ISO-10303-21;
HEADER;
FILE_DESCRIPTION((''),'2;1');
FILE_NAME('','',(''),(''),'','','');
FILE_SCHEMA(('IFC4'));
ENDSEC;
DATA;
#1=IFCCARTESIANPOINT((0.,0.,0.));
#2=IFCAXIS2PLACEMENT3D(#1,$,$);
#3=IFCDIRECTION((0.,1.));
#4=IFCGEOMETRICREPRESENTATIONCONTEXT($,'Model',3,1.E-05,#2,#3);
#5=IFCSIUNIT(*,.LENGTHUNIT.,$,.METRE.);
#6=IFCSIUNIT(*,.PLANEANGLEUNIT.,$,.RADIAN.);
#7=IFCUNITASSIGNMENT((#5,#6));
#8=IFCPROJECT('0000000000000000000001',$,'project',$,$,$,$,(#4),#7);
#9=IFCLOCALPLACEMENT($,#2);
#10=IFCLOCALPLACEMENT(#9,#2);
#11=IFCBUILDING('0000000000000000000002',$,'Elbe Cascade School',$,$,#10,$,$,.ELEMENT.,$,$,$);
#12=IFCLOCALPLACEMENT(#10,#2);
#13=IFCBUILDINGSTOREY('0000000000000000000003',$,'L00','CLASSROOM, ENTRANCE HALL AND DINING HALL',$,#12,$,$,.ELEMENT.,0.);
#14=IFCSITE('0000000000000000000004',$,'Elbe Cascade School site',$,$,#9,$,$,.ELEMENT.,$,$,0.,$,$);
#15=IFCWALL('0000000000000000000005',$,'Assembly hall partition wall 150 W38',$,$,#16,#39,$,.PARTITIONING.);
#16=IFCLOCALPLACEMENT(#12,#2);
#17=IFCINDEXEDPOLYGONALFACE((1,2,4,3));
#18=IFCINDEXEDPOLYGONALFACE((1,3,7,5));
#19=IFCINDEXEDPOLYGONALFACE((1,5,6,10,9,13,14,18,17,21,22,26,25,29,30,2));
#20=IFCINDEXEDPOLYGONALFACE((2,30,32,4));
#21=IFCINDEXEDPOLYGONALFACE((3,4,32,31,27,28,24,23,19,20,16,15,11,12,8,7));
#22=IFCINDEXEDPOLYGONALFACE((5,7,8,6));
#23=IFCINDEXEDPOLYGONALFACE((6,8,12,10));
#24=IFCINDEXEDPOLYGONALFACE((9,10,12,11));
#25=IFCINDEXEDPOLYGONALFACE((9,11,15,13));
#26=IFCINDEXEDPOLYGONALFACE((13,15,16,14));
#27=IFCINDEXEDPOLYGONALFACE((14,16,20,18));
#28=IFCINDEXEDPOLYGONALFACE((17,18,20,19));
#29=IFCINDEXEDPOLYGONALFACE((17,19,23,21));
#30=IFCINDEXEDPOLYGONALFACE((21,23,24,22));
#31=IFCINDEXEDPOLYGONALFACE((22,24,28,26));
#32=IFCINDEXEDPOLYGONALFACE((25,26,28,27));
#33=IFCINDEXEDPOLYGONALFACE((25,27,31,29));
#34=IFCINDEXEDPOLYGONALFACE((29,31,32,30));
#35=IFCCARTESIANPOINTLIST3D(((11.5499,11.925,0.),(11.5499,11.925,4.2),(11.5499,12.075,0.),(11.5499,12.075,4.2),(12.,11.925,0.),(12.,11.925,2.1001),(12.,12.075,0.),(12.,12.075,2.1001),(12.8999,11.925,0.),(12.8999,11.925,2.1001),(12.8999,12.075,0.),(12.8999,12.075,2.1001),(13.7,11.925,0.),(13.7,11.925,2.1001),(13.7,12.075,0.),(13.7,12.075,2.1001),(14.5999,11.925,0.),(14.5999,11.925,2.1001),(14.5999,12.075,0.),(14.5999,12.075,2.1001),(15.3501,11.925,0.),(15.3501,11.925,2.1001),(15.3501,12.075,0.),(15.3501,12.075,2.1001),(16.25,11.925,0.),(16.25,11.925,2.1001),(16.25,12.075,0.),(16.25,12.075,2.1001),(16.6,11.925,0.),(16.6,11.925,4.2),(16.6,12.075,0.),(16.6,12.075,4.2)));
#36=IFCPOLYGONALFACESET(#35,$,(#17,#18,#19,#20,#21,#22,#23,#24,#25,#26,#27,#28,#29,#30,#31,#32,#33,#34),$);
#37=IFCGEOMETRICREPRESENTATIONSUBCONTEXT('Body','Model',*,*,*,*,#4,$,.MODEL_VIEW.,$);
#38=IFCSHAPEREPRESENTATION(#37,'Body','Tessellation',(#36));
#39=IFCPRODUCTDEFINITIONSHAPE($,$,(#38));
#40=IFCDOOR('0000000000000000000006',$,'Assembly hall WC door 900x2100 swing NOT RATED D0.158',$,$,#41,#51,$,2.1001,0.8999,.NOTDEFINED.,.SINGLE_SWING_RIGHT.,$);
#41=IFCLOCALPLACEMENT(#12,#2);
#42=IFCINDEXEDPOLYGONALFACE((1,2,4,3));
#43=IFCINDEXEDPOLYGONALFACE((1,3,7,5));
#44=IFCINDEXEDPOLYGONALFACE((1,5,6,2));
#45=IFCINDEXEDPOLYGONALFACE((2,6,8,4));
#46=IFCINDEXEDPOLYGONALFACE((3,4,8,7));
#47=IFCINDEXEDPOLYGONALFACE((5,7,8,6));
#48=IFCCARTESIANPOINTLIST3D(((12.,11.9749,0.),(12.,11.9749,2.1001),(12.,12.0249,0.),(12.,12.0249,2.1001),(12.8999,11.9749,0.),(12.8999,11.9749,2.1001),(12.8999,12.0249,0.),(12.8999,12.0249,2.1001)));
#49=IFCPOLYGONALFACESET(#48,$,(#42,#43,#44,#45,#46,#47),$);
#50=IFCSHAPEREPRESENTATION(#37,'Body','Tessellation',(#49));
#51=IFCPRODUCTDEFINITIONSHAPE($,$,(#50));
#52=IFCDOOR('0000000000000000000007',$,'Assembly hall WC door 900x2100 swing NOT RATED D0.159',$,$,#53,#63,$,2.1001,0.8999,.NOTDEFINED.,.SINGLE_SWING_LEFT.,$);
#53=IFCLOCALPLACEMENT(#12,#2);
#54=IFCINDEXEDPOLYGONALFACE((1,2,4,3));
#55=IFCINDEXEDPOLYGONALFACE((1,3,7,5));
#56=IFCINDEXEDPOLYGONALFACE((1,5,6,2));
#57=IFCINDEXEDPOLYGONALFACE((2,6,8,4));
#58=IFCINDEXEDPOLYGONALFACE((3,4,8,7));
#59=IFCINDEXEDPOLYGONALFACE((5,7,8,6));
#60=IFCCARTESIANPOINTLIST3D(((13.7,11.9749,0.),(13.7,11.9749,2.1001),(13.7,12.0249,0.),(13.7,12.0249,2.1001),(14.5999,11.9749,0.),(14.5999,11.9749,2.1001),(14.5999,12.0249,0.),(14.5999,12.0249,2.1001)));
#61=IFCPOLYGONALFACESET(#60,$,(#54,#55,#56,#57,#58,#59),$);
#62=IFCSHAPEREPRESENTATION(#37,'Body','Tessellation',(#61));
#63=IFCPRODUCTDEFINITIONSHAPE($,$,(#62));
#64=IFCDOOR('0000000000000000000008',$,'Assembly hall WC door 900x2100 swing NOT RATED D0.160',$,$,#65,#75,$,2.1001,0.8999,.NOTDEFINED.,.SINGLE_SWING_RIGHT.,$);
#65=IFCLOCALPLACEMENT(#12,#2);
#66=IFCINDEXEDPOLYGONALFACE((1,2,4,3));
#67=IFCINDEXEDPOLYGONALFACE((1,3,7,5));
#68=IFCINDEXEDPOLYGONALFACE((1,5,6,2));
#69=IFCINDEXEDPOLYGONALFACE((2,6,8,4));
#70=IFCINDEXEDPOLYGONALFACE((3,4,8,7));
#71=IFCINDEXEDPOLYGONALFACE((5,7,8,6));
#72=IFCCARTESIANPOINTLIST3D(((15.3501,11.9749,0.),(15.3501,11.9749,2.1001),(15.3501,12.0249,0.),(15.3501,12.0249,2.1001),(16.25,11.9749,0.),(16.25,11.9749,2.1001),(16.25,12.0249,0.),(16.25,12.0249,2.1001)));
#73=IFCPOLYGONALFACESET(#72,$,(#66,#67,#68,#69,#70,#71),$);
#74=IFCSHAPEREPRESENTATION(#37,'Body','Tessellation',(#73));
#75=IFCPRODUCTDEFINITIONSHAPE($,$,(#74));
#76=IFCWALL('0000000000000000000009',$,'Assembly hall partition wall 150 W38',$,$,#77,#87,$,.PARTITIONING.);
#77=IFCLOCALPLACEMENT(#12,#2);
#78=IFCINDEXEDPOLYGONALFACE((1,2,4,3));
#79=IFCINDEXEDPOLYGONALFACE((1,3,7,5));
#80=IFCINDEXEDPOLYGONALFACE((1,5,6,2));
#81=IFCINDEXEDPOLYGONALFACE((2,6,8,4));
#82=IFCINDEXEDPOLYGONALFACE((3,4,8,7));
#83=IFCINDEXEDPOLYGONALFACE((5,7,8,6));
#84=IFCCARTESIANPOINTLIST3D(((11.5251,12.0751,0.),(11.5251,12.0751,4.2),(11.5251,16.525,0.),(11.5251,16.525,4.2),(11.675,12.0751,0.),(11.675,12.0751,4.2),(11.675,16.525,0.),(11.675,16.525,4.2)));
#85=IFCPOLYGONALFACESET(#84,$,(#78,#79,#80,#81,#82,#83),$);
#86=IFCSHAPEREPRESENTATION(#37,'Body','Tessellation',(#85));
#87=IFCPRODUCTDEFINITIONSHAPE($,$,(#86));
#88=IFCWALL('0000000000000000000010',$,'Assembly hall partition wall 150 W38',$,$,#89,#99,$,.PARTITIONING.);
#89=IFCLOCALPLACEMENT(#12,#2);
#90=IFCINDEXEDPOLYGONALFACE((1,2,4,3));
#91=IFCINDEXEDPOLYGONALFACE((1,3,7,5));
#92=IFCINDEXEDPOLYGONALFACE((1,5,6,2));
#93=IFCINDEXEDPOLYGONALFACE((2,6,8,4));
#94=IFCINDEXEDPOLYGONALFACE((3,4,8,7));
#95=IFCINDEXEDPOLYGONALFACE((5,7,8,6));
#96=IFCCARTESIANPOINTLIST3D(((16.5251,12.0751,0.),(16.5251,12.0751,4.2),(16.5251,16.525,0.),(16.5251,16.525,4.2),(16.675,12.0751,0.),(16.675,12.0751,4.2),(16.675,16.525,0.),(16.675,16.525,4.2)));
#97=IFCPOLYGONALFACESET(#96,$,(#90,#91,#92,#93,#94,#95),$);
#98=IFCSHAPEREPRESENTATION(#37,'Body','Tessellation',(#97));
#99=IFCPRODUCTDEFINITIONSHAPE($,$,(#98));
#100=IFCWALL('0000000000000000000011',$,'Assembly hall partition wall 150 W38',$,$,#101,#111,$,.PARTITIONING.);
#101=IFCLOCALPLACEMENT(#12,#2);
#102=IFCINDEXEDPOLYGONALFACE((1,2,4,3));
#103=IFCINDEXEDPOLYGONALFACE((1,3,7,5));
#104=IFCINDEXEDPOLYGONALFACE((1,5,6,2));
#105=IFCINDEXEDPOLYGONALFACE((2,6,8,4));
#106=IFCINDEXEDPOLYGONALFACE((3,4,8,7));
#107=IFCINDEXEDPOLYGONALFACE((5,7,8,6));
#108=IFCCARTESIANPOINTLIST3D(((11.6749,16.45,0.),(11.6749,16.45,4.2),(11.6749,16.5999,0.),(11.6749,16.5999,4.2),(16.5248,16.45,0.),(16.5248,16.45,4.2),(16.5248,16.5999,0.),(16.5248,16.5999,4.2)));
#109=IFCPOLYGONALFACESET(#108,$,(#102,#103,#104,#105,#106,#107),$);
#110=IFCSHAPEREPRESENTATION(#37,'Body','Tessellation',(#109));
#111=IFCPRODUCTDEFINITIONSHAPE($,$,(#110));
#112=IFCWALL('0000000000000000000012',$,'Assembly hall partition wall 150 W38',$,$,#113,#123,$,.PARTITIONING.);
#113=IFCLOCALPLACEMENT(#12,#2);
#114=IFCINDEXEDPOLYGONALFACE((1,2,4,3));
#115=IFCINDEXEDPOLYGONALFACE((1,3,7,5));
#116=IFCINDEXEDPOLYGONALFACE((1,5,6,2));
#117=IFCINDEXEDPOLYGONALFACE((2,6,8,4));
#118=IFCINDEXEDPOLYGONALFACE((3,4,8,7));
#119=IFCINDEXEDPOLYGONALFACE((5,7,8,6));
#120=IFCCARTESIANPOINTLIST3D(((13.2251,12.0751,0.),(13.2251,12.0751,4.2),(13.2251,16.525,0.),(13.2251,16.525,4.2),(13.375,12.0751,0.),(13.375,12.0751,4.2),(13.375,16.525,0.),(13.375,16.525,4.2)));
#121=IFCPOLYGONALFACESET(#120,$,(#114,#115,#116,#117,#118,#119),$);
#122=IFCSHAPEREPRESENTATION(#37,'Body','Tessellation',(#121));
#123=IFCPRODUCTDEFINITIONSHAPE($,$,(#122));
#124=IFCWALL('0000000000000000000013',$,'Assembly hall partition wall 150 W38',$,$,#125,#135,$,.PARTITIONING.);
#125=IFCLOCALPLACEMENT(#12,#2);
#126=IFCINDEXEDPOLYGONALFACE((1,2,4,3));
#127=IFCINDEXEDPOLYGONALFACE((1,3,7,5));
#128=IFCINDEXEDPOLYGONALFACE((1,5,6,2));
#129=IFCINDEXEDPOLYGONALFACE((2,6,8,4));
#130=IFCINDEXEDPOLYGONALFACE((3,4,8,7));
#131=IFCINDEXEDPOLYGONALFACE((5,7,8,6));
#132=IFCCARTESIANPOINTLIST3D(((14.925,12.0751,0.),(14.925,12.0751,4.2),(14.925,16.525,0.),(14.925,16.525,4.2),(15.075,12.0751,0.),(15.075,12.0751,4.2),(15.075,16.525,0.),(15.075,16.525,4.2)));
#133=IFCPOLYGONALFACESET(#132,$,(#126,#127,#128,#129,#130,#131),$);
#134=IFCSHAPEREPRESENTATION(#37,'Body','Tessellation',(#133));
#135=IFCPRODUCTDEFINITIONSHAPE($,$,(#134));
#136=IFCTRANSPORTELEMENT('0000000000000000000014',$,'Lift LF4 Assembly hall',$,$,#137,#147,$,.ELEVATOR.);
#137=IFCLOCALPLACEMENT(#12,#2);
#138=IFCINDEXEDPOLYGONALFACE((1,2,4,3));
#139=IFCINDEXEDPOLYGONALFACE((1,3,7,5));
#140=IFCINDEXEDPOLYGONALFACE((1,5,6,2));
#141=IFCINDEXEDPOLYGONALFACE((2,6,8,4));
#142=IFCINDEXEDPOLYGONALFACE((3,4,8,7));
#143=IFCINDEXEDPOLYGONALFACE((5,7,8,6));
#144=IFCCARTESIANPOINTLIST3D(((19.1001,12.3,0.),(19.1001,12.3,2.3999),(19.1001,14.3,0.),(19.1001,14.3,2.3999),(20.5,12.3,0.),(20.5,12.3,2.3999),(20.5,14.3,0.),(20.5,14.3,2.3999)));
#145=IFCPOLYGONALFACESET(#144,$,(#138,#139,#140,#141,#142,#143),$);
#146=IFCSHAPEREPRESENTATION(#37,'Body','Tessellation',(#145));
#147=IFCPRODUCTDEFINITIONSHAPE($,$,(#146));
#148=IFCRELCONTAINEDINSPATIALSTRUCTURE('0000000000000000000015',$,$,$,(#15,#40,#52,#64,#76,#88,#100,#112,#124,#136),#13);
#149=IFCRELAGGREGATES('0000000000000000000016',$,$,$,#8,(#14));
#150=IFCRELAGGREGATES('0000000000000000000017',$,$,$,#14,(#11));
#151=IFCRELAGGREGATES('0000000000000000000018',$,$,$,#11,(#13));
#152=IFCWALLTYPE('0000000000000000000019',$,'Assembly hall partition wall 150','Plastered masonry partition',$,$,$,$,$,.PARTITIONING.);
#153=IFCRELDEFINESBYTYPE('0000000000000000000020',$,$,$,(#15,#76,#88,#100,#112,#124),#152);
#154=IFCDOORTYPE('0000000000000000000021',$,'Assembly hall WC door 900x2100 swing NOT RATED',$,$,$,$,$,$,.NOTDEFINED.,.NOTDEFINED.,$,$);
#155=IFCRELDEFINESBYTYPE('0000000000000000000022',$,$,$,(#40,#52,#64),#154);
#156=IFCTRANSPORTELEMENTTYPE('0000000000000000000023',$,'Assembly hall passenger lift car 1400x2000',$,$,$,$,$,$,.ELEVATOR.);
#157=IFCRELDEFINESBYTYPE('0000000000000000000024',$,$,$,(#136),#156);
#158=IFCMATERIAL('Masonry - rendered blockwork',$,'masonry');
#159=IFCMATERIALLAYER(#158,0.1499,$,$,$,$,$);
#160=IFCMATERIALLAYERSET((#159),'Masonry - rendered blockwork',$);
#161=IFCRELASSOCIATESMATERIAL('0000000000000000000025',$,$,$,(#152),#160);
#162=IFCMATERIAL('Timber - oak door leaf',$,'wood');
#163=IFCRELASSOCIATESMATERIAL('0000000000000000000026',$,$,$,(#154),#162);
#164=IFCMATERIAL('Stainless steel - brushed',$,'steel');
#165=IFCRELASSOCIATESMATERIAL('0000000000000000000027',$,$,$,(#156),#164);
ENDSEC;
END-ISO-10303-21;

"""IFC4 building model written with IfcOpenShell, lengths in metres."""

from ifc_helpers import new_model, si_unit, direction, frame, frame_2d, origin, origin_2d, place, context, subcontext, project, spatial, rectangle, extrude, material, layer, layer_set, type_object, element, fill, save


model = new_model("IFC4")

# Units and contexts
model_context = context("Model", 3, precision=1e-05, world=origin(), true_north=direction((0.0, 1.0)))
body_context = subcontext(model_context, "Body", "Model", "MODEL_VIEW")
ifc_project = project(units=[si_unit("LENGTHUNIT", "METRE"), si_unit("PLANEANGLEUNIT", "RADIAN")], contexts=[model_context])

# Site, building, storey
site_placement = place(None, origin())
site = spatial("IfcSite", under=ifc_project, at=site_placement, Name="Elbe Cascade School site", CompositionType="ELEMENT", RefElevation=0.0)
building_placement = place(site_placement, origin())
building = spatial("IfcBuilding", under=site, at=building_placement, Name="Elbe Cascade School", CompositionType="ELEMENT")
storey_placement = place(building_placement, origin())
storey = spatial("IfcBuildingStorey", under=building, at=storey_placement, Name="L00", Description="CLASSROOM, ENTRANCE HALL AND DINING HALL", CompositionType="ELEMENT", Elevation=0.0)

# Wall, openings, doors
ifc_material_1 = material(Name="Masonry - rendered blockwork", Category="masonry")
ifc_layer_1 = layer(ifc_material_1, 0.1499)
ifc_layer_set_1 = layer_set([ifc_layer_1], Name="Masonry - rendered blockwork")
wall_type_1 = type_object("IfcWallType", Name="Assembly hall partition wall 150", Description="Plastered masonry partition", PredefinedType="PARTITIONING", material=ifc_layer_set_1)
wall_1_placement = place(storey_placement, frame((11.55, 12.0, 0.0), z_axis=(0.0, 0.0, 1.0), x_axis=(1.0, 0.0, 0.0)))
wall_1 = element("IfcWall", 1, at=wall_1_placement, inside=storey, type_object=wall_type_1, Name="Assembly hall partition wall 150 W38", PredefinedType="PARTITIONING", context=body_context, shape_type="SweptSolid", body=[
    extrude(rectangle(XDim=5.05, YDim=0.1499, at=frame_2d((2.5249, 0.0))), origin(), (0.0, 0.0, 1.0), 4.2),
])
opening_1_placement = place(wall_1_placement, frame((0.45, 0.0, 0.0)))
opening_1 = element("IfcOpeningElement", 2, at=opening_1_placement, cuts=wall_1, PredefinedType="OPENING", context=body_context, shape_type="SweptSolid", body=[
    extrude(rectangle(XDim=0.8999, YDim=2.1001, at=frame_2d((0.45, 1.05))), frame((0.0, 0.085, 0.0), z_axis=(0.0, -1.0, 0.0), x_axis=(1.0, 0.0, 0.0)), (0.0, 0.0, 1.0), 0.1699),
])
opening_2_placement = place(wall_1_placement, frame((2.1499, 0.0, 0.0)))
opening_2 = element("IfcOpeningElement", 3, at=opening_2_placement, cuts=wall_1, PredefinedType="OPENING", context=body_context, shape_type="SweptSolid", body=[
    extrude(rectangle(XDim=0.8999, YDim=2.1001, at=frame_2d((0.45, 1.05))), frame((0.0, 0.085, 0.0), z_axis=(0.0, -1.0, 0.0), x_axis=(1.0, 0.0, 0.0)), (0.0, 0.0, 1.0), 0.1699),
])
opening_3_placement = place(wall_1_placement, frame((3.8, 0.0, 0.0)))
opening_3 = element("IfcOpeningElement", 4, at=opening_3_placement, cuts=wall_1, PredefinedType="OPENING", context=body_context, shape_type="SweptSolid", body=[
    extrude(rectangle(XDim=0.8999, YDim=2.1001, at=frame_2d((0.45, 1.05))), frame((0.0, 0.085, 0.0), z_axis=(0.0, -1.0, 0.0), x_axis=(1.0, 0.0, 0.0)), (0.0, 0.0, 1.0), 0.1699),
])
ifc_material_2 = material(Name="Timber - oak door leaf", Category="wood")
door_type_1 = type_object("IfcDoorType", Name="Assembly hall WC door 900x2100 swing NOT RATED", OperationType="NOTDEFINED", PredefinedType="NOTDEFINED", material=ifc_material_2)
door_1_placement = place(opening_1_placement, origin())
door_1 = element("IfcDoor", 5, at=door_1_placement, inside=storey, type_object=door_type_1, Name="Assembly hall WC door 900x2100 swing NOT RATED D0.158", OperationType="SINGLE_SWING_RIGHT", OverallHeight=2.1001, OverallWidth=0.8999, PredefinedType="NOTDEFINED", context=body_context, shape_type="SweptSolid", body=[
    extrude(rectangle(XDim=0.8999, YDim=2.1001, at=frame_2d((0.45, 1.05))), frame((0.0, 0.0249, 0.0), z_axis=(0.0, -1.0, 0.0), x_axis=(1.0, 0.0, 0.0)), (0.0, 0.0, 1.0), 0.05),
])
fill(opening_1, door_1)
door_2_placement = place(opening_2_placement, origin())
door_2 = element("IfcDoor", 6, at=door_2_placement, inside=storey, type_object=door_type_1, Name="Assembly hall WC door 900x2100 swing NOT RATED D0.159", OperationType="SINGLE_SWING_LEFT", OverallHeight=2.1001, OverallWidth=0.8999, PredefinedType="NOTDEFINED", context=body_context, shape_type="SweptSolid", body=[
    extrude(rectangle(XDim=0.8999, YDim=2.1001, at=frame_2d((0.45, 1.05))), frame((0.0, 0.0249, 0.0), z_axis=(0.0, -1.0, 0.0), x_axis=(1.0, 0.0, 0.0)), (0.0, 0.0, 1.0), 0.05),
])
fill(opening_2, door_2)
door_3_placement = place(opening_3_placement, origin())
door_3 = element("IfcDoor", 7, at=door_3_placement, inside=storey, type_object=door_type_1, Name="Assembly hall WC door 900x2100 swing NOT RATED D0.160", OperationType="SINGLE_SWING_RIGHT", OverallHeight=2.1001, OverallWidth=0.8999, PredefinedType="NOTDEFINED", context=body_context, shape_type="SweptSolid", body=[
    extrude(rectangle(XDim=0.8999, YDim=2.1001, at=frame_2d((0.45, 1.05))), frame((0.0, 0.0249, 0.0), z_axis=(0.0, -1.0, 0.0), x_axis=(1.0, 0.0, 0.0)), (0.0, 0.0, 1.0), 0.05),
])
fill(opening_3, door_3)

# Walls
for number, where, z_axis, x_axis, name in (
    (8, (11.6001, 12.075, 0.0), (0.0, 0.0, 1.0), (0.0, 1.0, 0.0), "Assembly hall partition wall 150 W38"),
    (9, (16.6001, 12.075, 0.0), (0.0, 0.0, 1.0), (0.0, 1.0, 0.0), "Assembly hall partition wall 150 W38"),
):
    element("IfcWall", number, at=place(storey_placement, frame(where, z_axis=z_axis, x_axis=x_axis)), inside=storey, type_object=wall_type_1, Name=name, PredefinedType="PARTITIONING", context=body_context, shape_type="SweptSolid", body=[
        extrude(rectangle(XDim=4.45, YDim=0.1499, at=frame_2d((2.2251, 0.0))), origin(), (0.0, 0.0, 1.0), 4.2),
    ])
wall_2_placement = place(storey_placement, frame((11.675, 16.5249, 0.0), z_axis=(0.0, 0.0, 1.0), x_axis=(1.0, 0.0, 0.0)))
element("IfcWall", 10, at=wall_2_placement, inside=storey, type_object=wall_type_1, Name="Assembly hall partition wall 150 W38", PredefinedType="PARTITIONING", context=body_context, shape_type="SweptSolid", body=[
    extrude(rectangle(XDim=4.8499, YDim=0.1499, at=frame_2d((2.4248, 0.0))), origin(), (0.0, 0.0, 1.0), 4.2),
])
for number, where, z_axis, x_axis, name in (
    (11, (13.3, 12.075, 0.0), (0.0, 0.0, 1.0), (0.0, 1.0, 0.0), "Assembly hall partition wall 150 W38"),
    (12, (15.0, 12.075, 0.0), (0.0, 0.0, 1.0), (0.0, 1.0, 0.0), "Assembly hall partition wall 150 W38"),
):
    element("IfcWall", number, at=place(storey_placement, frame(where, z_axis=z_axis, x_axis=x_axis)), inside=storey, type_object=wall_type_1, Name=name, PredefinedType="PARTITIONING", context=body_context, shape_type="SweptSolid", body=[
        extrude(rectangle(XDim=4.45, YDim=0.1499, at=frame_2d((2.2251, 0.0))), origin(), (0.0, 0.0, 1.0), 4.2),
    ])

# Transport element
ifc_material_3 = material(Name="Stainless steel - brushed", Category="steel")
transport_element_type = type_object("IfcTransportElementType", Name="Assembly hall passenger lift car 1400x2000", PredefinedType="ELEVATOR", material=ifc_material_3)
transport_element_placement = place(storey_placement, frame((19.8, 13.3, 0.0), z_axis=(0.0, 0.0, 1.0), x_axis=(1.0, 0.0, 0.0)))
element("IfcTransportElement", 13, at=transport_element_placement, inside=storey, type_object=transport_element_type, Name="Lift LF4 Assembly hall", PredefinedType="ELEVATOR", context=body_context, shape_type="SweptSolid", body=[
    extrude(rectangle(XDim=1.3999, YDim=2.0, at=origin_2d()), origin(), (0.0, 0.0, 1.0), 2.3999),
])

save(model, "model.ifc")
